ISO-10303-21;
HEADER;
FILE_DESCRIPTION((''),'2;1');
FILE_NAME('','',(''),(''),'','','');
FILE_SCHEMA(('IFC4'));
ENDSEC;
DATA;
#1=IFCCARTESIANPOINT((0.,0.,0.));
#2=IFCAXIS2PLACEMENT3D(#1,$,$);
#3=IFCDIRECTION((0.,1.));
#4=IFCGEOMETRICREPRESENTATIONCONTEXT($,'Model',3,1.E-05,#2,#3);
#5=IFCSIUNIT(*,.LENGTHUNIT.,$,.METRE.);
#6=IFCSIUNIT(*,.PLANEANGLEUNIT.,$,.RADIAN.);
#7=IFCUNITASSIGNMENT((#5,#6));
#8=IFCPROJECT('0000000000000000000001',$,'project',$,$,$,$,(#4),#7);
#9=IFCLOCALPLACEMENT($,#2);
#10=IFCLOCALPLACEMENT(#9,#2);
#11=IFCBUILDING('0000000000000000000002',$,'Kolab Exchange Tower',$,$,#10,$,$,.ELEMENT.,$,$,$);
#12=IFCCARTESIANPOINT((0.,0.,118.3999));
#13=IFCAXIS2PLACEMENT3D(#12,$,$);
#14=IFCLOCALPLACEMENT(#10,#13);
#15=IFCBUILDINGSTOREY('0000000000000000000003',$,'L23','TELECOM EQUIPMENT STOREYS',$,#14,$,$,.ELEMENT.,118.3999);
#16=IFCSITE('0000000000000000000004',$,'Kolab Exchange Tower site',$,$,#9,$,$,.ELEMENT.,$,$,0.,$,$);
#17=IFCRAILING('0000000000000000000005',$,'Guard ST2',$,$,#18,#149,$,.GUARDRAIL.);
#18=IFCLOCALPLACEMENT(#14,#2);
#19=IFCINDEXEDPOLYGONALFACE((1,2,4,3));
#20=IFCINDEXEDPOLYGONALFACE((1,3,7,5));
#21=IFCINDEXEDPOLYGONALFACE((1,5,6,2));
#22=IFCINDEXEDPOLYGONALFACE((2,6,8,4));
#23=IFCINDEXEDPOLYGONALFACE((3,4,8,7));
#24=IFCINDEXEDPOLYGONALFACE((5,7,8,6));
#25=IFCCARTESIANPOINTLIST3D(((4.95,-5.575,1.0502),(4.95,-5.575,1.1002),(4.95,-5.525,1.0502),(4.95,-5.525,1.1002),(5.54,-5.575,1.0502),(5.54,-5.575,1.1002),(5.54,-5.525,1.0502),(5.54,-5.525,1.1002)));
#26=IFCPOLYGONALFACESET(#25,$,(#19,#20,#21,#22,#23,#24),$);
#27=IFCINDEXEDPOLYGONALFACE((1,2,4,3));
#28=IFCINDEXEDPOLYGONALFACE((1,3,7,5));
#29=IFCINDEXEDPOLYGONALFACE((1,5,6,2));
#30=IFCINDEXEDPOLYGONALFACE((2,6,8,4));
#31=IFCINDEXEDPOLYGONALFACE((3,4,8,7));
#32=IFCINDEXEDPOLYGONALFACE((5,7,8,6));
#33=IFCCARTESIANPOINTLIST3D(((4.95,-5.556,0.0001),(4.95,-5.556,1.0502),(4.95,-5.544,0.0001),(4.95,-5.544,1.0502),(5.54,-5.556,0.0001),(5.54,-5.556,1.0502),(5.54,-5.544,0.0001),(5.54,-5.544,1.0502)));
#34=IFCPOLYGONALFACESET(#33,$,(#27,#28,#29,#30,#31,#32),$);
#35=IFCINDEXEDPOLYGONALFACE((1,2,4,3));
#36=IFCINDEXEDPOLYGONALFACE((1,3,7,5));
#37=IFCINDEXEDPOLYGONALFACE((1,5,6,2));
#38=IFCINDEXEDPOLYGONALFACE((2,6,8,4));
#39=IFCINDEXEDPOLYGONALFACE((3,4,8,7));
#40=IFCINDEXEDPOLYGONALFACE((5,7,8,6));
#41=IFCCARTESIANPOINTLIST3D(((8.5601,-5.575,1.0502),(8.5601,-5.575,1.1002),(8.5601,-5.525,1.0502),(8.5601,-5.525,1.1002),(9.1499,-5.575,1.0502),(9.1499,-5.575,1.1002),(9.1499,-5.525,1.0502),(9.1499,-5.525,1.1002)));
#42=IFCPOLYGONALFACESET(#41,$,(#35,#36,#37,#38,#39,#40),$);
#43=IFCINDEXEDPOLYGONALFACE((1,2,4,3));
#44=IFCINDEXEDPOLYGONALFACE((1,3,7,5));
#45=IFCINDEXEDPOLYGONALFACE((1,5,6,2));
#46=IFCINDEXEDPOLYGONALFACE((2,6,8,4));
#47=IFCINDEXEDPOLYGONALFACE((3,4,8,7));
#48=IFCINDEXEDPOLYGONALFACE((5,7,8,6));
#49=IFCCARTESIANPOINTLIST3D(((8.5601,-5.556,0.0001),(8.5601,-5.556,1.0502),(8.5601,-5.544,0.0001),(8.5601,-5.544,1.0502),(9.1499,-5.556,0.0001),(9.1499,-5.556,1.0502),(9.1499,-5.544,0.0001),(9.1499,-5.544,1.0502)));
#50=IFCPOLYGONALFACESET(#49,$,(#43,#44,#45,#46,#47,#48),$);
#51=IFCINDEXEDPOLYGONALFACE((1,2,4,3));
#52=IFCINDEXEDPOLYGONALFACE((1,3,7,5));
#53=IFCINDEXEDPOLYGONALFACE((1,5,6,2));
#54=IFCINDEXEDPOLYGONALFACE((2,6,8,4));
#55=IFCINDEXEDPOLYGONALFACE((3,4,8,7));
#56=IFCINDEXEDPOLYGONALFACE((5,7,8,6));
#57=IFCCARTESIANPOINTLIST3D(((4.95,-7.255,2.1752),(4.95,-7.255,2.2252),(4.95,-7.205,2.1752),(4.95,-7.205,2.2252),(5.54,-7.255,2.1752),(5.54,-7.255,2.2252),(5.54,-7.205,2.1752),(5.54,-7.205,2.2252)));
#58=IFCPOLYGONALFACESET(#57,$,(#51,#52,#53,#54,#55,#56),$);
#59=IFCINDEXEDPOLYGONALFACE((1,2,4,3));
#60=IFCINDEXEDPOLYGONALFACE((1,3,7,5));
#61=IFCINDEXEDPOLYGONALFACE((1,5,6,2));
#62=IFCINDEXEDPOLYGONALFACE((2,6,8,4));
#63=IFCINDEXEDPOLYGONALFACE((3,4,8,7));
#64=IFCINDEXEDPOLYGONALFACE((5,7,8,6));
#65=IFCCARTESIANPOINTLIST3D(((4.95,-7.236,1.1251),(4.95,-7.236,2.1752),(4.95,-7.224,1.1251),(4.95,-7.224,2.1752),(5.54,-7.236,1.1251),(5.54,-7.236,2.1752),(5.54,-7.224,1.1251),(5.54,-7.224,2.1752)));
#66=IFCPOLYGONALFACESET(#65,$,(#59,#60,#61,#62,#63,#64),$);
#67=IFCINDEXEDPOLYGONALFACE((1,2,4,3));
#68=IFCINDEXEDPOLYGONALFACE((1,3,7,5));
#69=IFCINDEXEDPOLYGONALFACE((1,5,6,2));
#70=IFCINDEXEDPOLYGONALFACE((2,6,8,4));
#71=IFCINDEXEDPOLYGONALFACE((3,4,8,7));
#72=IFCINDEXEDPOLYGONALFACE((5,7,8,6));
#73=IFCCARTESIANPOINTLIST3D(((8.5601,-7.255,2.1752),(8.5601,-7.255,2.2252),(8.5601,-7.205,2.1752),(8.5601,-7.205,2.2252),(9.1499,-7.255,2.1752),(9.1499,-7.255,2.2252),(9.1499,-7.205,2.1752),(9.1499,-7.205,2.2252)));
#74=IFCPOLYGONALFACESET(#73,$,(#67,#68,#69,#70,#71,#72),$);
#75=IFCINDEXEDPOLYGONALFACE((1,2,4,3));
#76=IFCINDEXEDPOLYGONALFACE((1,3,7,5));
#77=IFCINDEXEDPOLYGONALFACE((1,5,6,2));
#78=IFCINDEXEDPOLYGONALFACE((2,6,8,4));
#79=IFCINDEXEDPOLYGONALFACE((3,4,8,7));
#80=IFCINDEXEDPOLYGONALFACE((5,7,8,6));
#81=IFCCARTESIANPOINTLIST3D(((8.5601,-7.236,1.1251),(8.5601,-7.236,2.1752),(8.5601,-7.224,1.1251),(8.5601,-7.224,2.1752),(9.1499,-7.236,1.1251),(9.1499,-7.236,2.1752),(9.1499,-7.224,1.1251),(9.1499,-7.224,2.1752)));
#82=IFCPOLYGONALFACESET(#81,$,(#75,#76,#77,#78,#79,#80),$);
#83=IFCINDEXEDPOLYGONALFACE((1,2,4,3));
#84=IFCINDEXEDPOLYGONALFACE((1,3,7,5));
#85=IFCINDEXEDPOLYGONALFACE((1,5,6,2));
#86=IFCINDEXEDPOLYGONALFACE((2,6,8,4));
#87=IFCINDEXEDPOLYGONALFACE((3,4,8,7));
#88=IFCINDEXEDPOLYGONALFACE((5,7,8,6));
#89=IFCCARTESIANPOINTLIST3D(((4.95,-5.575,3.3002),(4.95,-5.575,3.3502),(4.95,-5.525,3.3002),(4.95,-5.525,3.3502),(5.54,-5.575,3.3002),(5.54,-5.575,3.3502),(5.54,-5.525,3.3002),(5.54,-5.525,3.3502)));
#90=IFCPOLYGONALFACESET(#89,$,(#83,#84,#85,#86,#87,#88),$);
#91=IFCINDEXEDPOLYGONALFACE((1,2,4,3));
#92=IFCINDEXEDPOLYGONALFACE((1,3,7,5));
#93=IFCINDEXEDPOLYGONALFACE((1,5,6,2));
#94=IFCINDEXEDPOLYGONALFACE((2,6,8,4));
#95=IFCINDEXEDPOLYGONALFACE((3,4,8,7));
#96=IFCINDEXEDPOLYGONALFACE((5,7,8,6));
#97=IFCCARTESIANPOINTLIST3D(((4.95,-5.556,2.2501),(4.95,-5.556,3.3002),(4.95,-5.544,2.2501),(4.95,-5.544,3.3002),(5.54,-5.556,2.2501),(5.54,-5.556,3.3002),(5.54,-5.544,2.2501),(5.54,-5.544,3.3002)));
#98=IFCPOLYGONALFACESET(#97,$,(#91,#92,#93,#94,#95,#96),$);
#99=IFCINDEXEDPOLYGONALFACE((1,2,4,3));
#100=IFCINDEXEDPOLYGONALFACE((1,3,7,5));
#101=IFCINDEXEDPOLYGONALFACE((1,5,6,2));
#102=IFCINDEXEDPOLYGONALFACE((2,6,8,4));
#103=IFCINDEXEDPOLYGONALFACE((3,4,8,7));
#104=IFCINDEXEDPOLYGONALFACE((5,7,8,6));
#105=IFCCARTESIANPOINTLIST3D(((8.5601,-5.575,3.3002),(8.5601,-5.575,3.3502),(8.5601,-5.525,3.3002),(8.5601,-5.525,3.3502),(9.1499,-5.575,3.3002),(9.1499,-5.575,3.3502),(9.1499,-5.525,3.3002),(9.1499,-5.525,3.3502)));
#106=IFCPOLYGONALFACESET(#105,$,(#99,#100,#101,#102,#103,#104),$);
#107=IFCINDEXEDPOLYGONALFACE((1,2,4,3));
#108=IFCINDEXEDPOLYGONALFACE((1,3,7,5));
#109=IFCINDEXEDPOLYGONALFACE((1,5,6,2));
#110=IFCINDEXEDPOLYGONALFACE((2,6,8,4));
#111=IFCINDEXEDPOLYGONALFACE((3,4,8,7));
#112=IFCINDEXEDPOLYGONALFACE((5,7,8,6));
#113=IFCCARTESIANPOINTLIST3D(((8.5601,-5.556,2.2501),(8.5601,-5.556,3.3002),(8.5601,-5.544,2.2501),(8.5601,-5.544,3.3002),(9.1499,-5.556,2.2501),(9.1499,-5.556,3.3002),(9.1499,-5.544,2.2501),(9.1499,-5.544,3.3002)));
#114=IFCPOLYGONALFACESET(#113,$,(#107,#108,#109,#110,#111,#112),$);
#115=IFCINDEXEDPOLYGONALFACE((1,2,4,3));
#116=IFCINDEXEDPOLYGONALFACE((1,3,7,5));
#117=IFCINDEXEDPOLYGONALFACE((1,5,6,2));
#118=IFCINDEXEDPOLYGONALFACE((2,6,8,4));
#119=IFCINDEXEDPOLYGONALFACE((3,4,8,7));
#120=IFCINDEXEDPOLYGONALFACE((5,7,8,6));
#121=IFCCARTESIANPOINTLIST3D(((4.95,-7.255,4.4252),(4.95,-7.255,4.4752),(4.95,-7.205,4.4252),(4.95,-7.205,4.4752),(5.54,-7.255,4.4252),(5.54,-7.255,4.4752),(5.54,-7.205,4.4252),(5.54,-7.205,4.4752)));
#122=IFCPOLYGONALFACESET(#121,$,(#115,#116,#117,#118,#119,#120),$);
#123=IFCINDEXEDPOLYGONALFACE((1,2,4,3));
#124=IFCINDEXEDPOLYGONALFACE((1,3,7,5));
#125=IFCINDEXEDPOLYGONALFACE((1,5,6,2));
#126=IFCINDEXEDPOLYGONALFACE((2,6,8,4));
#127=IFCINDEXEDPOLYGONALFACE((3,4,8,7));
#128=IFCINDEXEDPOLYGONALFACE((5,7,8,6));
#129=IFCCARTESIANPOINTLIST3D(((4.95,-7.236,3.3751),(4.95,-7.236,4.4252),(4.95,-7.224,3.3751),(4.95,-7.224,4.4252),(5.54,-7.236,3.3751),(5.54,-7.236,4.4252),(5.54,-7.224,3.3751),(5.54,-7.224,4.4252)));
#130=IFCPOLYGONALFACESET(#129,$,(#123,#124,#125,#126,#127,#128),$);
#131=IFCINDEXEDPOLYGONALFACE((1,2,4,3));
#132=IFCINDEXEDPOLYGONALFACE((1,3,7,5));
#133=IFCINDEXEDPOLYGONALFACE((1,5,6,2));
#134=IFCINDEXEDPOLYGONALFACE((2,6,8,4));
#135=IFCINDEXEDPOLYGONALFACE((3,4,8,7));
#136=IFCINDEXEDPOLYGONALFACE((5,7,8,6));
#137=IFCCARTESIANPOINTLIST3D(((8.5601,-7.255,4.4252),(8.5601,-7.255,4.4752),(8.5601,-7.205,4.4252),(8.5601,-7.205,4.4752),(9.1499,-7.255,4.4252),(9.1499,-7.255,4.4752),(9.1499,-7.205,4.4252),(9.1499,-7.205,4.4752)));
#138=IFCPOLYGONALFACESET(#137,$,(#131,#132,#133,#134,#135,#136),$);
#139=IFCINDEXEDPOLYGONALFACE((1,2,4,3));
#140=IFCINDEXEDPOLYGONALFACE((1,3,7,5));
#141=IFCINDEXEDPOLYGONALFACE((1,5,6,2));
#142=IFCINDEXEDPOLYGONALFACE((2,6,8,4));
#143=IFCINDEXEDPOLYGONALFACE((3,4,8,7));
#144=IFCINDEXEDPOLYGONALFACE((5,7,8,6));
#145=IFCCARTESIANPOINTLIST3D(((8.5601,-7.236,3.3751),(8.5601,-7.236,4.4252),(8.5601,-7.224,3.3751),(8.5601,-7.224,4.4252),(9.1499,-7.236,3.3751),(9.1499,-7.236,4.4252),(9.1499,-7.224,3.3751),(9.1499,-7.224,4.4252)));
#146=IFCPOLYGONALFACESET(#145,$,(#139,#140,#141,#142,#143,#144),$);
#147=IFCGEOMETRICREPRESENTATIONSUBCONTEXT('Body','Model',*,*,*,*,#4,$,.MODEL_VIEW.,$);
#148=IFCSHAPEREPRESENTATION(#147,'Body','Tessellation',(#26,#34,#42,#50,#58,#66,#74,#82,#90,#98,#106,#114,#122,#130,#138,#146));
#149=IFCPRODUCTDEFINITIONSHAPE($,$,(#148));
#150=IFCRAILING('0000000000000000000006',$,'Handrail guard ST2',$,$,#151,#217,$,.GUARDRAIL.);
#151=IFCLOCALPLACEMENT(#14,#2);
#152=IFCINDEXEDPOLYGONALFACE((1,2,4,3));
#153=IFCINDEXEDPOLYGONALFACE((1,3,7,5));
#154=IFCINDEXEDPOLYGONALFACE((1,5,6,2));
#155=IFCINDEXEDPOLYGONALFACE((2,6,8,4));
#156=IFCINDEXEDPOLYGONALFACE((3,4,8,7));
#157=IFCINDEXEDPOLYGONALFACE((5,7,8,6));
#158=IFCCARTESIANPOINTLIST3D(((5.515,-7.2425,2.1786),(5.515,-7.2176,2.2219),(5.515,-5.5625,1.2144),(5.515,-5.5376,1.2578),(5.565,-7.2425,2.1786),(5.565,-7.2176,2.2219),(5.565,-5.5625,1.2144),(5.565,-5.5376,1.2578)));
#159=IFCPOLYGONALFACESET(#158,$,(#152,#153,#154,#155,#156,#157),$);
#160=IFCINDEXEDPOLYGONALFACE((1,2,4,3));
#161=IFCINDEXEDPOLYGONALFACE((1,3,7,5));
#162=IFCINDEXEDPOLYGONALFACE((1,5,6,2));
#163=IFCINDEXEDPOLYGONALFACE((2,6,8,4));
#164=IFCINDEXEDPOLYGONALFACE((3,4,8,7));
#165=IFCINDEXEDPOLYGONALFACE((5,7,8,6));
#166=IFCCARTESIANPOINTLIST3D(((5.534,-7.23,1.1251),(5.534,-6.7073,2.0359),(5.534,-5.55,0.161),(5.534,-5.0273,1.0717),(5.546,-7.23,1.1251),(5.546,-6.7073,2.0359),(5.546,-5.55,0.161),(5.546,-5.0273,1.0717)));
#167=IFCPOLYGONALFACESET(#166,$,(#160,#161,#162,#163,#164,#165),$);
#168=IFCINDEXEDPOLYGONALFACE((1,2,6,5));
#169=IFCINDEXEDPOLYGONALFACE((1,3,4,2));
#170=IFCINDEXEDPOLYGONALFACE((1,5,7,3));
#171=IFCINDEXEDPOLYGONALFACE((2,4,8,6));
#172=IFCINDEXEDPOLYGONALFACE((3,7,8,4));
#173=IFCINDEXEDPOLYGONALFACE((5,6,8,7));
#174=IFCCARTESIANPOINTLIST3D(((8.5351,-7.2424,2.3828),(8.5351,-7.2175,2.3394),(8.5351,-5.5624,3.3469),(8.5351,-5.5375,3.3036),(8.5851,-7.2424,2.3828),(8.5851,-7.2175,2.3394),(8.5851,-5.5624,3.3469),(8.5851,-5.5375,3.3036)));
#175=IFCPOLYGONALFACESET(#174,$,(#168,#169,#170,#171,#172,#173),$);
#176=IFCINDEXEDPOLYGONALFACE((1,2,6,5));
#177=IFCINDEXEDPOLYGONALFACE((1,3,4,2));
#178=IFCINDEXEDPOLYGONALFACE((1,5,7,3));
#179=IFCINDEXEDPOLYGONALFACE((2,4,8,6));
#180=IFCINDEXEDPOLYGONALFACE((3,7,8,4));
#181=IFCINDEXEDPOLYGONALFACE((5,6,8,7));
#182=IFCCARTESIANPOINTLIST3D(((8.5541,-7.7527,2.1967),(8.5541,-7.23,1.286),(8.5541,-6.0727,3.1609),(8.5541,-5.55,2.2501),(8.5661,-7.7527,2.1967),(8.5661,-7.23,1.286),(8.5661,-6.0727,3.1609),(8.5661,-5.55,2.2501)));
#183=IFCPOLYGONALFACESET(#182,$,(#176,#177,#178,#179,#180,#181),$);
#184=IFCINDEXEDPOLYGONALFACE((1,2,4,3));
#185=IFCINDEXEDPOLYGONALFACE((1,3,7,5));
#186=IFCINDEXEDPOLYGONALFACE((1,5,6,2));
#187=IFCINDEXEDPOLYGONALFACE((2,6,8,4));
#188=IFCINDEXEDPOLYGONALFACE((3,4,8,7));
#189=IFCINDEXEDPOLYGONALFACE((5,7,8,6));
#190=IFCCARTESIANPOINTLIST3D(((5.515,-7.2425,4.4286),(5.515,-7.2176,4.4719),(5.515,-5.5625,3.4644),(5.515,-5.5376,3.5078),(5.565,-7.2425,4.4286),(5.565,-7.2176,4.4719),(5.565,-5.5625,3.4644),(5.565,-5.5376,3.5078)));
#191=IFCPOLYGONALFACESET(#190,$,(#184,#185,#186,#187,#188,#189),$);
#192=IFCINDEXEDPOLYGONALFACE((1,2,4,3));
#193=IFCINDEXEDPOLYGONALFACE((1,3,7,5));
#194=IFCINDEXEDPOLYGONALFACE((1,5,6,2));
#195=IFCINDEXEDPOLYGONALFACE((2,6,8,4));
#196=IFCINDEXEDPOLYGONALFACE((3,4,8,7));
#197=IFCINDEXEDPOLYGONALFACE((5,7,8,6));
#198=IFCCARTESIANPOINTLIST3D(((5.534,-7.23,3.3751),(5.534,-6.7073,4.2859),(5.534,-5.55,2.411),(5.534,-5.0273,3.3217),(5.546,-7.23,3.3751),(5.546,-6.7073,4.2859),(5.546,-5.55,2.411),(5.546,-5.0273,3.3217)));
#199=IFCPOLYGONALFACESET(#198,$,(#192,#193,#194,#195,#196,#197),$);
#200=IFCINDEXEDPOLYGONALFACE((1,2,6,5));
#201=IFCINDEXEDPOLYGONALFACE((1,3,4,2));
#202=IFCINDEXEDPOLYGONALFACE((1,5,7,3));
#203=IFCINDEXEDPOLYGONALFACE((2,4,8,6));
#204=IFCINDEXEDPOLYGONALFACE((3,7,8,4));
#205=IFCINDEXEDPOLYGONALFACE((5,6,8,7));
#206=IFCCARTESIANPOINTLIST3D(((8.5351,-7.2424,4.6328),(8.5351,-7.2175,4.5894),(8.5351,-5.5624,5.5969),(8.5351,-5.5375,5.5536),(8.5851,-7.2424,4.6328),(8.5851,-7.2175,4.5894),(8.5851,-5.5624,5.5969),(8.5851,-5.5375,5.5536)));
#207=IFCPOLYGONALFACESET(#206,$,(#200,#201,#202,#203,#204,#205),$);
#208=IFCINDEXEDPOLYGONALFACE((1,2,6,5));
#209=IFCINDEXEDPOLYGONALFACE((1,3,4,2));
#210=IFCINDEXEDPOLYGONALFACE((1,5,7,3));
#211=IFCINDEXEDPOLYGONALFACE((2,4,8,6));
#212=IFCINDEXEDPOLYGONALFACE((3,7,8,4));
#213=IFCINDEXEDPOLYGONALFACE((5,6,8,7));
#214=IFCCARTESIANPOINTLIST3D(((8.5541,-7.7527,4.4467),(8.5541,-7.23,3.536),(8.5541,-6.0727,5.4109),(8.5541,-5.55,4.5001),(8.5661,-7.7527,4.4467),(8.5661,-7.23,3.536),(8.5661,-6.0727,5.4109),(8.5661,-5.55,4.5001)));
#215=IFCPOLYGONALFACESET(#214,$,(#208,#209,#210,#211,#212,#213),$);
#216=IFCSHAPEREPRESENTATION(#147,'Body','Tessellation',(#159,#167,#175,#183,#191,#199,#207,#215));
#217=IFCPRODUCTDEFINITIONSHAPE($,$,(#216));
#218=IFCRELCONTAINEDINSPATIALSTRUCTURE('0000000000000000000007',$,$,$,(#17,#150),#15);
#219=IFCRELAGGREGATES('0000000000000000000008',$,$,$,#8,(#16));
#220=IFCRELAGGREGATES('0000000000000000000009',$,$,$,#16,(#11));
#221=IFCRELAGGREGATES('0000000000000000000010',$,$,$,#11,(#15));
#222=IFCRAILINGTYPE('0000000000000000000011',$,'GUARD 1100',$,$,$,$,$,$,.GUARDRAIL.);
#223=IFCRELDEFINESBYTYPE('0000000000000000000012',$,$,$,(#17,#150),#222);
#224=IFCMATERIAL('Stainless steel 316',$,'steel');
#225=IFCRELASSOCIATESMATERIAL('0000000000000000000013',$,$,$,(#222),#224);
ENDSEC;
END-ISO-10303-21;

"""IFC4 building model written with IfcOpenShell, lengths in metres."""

from ifc_helpers import new_model, si_unit, direction, frame, frame_2d, origin, origin_2d, place, context, subcontext, project, spatial, rectangle, extrude, material, type_object, element, save


model = new_model("IFC4")

# Units and contexts
model_context = context("Model", 3, precision=1e-05, world=origin(), true_north=direction((0.0, 1.0)))
body_context = subcontext(model_context, "Body", "Model", "MODEL_VIEW")
ifc_project = project(units=[si_unit("LENGTHUNIT", "METRE"), si_unit("PLANEANGLEUNIT", "RADIAN")], contexts=[model_context])

# Site, building, storey
site_placement = place(None, origin())
site = spatial("IfcSite", under=ifc_project, at=site_placement, Name="Kolab Exchange Tower site", CompositionType="ELEMENT", RefElevation=0.0)
building_placement = place(site_placement, origin())
building = spatial("IfcBuilding", under=site, at=building_placement, Name="Kolab Exchange Tower", CompositionType="ELEMENT")
storey_placement = place(building_placement, frame((0.0, 0.0, 118.3999)))
storey = spatial("IfcBuildingStorey", under=building, at=storey_placement, Name="L23", Description="TELECOM EQUIPMENT STOREYS", CompositionType="ELEMENT", Elevation=118.3999)

# Shared definitions
ifc_material_1 = material(Name="Stainless steel 316", Category="steel")

# Railings
railing_type = type_object("IfcRailingType", Name="GUARD 1100", PredefinedType="GUARDRAIL", material=ifc_material_1)
railing_1_placement = place(storey_placement, frame((4.95, -5.55, 0.0)))
element("IfcRailing", 1, at=railing_1_placement, inside=storey, type_object=railing_type, Name="Guard ST2", PredefinedType="GUARDRAIL", context=body_context, shape_type="SweptSolid", body=[
    extrude(rectangle(XDim=0.05, YDim=0.05, at=origin_2d()), frame((0.0, 0.0, 1.0752), z_axis=(1.0, 0.0, 0.0), x_axis=(0.0, 1.0, 0.0)), (0.0, 0.0, 1.0), 0.5901),
    extrude(rectangle(XDim=0.012, YDim=1.0501, at=frame_2d((0.0, 0.5251))), frame((0.0, 0.0, 0.0), z_axis=(1.0, 0.0, 0.0), x_axis=(0.0, 1.0, 0.0)), (0.0, 0.0, 1.0), 0.5901),
    extrude(rectangle(XDim=0.05, YDim=0.05, at=origin_2d()), frame((3.6101, 0.0, 1.0752), z_axis=(1.0, 0.0, 0.0), x_axis=(0.0, 1.0, 0.0)), (0.0, 0.0, 1.0), 0.5898),
    extrude(rectangle(XDim=0.012, YDim=1.0501, at=frame_2d((0.0, 0.5251))), frame((3.6101, 0.0, 0.0), z_axis=(1.0, 0.0, 0.0), x_axis=(0.0, 1.0, 0.0)), (0.0, 0.0, 1.0), 0.5898),
    extrude(rectangle(XDim=0.05, YDim=0.05, at=origin_2d()), frame((0.0, -1.6799, 2.2002), z_axis=(1.0, 0.0, 0.0), x_axis=(0.0, 1.0, 0.0)), (0.0, 0.0, 1.0), 0.5901),
    extrude(rectangle(XDim=0.012, YDim=1.0501, at=frame_2d((0.0, 0.5251))), frame((0.0, -1.6799, 1.125), z_axis=(1.0, 0.0, 0.0), x_axis=(0.0, 1.0, 0.0)), (0.0, 0.0, 1.0), 0.5901),
    extrude(rectangle(XDim=0.05, YDim=0.05, at=origin_2d()), frame((3.6101, -1.6799, 2.2002), z_axis=(1.0, 0.0, 0.0), x_axis=(0.0, 1.0, 0.0)), (0.0, 0.0, 1.0), 0.5898),
    extrude(rectangle(XDim=0.012, YDim=1.0501, at=frame_2d((0.0, 0.5251))), frame((3.6101, -1.6799, 1.125), z_axis=(1.0, 0.0, 0.0), x_axis=(0.0, 1.0, 0.0)), (0.0, 0.0, 1.0), 0.5898),
    extrude(rectangle(XDim=0.05, YDim=0.05, at=origin_2d()), frame((0.0, 0.0, 3.3252), z_axis=(1.0, 0.0, 0.0), x_axis=(0.0, 1.0, 0.0)), (0.0, 0.0, 1.0), 0.5901),
    extrude(rectangle(XDim=0.012, YDim=1.0501, at=frame_2d((0.0, 0.5251))), frame((0.0, 0.0, 2.25), z_axis=(1.0, 0.0, 0.0), x_axis=(0.0, 1.0, 0.0)), (0.0, 0.0, 1.0), 0.5901),
    extrude(rectangle(XDim=0.05, YDim=0.05, at=origin_2d()), frame((3.6101, 0.0, 3.3252), z_axis=(1.0, 0.0, 0.0), x_axis=(0.0, 1.0, 0.0)), (0.0, 0.0, 1.0), 0.5898),
    extrude(rectangle(XDim=0.012, YDim=1.0501, at=frame_2d((0.0, 0.5251))), frame((3.6101, 0.0, 2.25), z_axis=(1.0, 0.0, 0.0), x_axis=(0.0, 1.0, 0.0)), (0.0, 0.0, 1.0), 0.5898),
    extrude(rectangle(XDim=0.05, YDim=0.05, at=origin_2d()), frame((0.0, -1.6799, 4.4502), z_axis=(1.0, 0.0, 0.0), x_axis=(0.0, 1.0, 0.0)), (0.0, 0.0, 1.0), 0.5901),
    extrude(rectangle(XDim=0.012, YDim=1.0501, at=frame_2d((0.0, 0.5251))), frame((0.0, -1.6799, 3.375), z_axis=(1.0, 0.0, 0.0), x_axis=(0.0, 1.0, 0.0)), (0.0, 0.0, 1.0), 0.5901),
    extrude(rectangle(XDim=0.05, YDim=0.05, at=origin_2d()), frame((3.6101, -1.6799, 4.4502), z_axis=(1.0, 0.0, 0.0), x_axis=(0.0, 1.0, 0.0)), (0.0, 0.0, 1.0), 0.5898),
    extrude(rectangle(XDim=0.012, YDim=1.0501, at=frame_2d((0.0, 0.5251))), frame((3.6101, -1.6799, 3.375), z_axis=(1.0, 0.0, 0.0), x_axis=(0.0, 1.0, 0.0)), (0.0, 0.0, 1.0), 0.5898),
])
railing_2_placement = place(storey_placement, frame((5.54, -5.55, 0.1609)))
element("IfcRailing", 2, at=railing_2_placement, inside=storey, type_object=railing_type, Name="Handrail guard ST2", PredefinedType="GUARDRAIL", context=body_context, shape_type="SweptSolid", body=[
    extrude(rectangle(XDim=0.05, YDim=0.05, at=origin_2d()), frame((0.0, 0.0, 1.0752), z_axis=(0.0, -0.867319, 0.497753), x_axis=(1.0, 0.0, 0.0)), (0.0, 0.0, 1.0), 1.937),
    extrude(rectangle(XDim=0.012, YDim=1.0501, at=frame_2d((0.0, 0.5251))), frame((0.0, 0.0, 0.0), z_axis=(0.0, -0.867319, 0.497753), x_axis=(1.0, 0.0, 0.0)), (0.0, 0.0, 1.0), 1.937),
    extrude(rectangle(XDim=0.05, YDim=0.05, at=origin_2d()), frame((3.02, -1.6799, 2.2002), z_axis=(0.0, 0.867319, 0.497753), x_axis=(-1.0, 0.0, 0.0)), (0.0, 0.0, 1.0), 1.937),
    extrude(rectangle(XDim=0.012, YDim=1.0501, at=frame_2d((0.0, 0.5251))), frame((3.02, -1.6799, 1.125), z_axis=(0.0, 0.867319, 0.497753), x_axis=(-1.0, 0.0, 0.0)), (0.0, 0.0, 1.0), 1.937),
    extrude(rectangle(XDim=0.05, YDim=0.05, at=origin_2d()), frame((0.0, 0.0, 3.3252), z_axis=(0.0, -0.867319, 0.497753), x_axis=(1.0, 0.0, 0.0)), (0.0, 0.0, 1.0), 1.937),
    extrude(rectangle(XDim=0.012, YDim=1.0501, at=frame_2d((0.0, 0.5251))), frame((0.0, 0.0, 2.25), z_axis=(0.0, -0.867319, 0.497753), x_axis=(1.0, 0.0, 0.0)), (0.0, 0.0, 1.0), 1.937),
    extrude(rectangle(XDim=0.05, YDim=0.05, at=origin_2d()), frame((3.02, -1.6799, 4.4502), z_axis=(0.0, 0.867319, 0.497753), x_axis=(-1.0, 0.0, 0.0)), (0.0, 0.0, 1.0), 1.937),
    extrude(rectangle(XDim=0.012, YDim=1.0501, at=frame_2d((0.0, 0.5251))), frame((3.02, -1.6799, 3.375), z_axis=(0.0, 0.867319, 0.497753), x_axis=(-1.0, 0.0, 0.0)), (0.0, 0.0, 1.0), 1.937),
])

save(model, "model.ifc")
